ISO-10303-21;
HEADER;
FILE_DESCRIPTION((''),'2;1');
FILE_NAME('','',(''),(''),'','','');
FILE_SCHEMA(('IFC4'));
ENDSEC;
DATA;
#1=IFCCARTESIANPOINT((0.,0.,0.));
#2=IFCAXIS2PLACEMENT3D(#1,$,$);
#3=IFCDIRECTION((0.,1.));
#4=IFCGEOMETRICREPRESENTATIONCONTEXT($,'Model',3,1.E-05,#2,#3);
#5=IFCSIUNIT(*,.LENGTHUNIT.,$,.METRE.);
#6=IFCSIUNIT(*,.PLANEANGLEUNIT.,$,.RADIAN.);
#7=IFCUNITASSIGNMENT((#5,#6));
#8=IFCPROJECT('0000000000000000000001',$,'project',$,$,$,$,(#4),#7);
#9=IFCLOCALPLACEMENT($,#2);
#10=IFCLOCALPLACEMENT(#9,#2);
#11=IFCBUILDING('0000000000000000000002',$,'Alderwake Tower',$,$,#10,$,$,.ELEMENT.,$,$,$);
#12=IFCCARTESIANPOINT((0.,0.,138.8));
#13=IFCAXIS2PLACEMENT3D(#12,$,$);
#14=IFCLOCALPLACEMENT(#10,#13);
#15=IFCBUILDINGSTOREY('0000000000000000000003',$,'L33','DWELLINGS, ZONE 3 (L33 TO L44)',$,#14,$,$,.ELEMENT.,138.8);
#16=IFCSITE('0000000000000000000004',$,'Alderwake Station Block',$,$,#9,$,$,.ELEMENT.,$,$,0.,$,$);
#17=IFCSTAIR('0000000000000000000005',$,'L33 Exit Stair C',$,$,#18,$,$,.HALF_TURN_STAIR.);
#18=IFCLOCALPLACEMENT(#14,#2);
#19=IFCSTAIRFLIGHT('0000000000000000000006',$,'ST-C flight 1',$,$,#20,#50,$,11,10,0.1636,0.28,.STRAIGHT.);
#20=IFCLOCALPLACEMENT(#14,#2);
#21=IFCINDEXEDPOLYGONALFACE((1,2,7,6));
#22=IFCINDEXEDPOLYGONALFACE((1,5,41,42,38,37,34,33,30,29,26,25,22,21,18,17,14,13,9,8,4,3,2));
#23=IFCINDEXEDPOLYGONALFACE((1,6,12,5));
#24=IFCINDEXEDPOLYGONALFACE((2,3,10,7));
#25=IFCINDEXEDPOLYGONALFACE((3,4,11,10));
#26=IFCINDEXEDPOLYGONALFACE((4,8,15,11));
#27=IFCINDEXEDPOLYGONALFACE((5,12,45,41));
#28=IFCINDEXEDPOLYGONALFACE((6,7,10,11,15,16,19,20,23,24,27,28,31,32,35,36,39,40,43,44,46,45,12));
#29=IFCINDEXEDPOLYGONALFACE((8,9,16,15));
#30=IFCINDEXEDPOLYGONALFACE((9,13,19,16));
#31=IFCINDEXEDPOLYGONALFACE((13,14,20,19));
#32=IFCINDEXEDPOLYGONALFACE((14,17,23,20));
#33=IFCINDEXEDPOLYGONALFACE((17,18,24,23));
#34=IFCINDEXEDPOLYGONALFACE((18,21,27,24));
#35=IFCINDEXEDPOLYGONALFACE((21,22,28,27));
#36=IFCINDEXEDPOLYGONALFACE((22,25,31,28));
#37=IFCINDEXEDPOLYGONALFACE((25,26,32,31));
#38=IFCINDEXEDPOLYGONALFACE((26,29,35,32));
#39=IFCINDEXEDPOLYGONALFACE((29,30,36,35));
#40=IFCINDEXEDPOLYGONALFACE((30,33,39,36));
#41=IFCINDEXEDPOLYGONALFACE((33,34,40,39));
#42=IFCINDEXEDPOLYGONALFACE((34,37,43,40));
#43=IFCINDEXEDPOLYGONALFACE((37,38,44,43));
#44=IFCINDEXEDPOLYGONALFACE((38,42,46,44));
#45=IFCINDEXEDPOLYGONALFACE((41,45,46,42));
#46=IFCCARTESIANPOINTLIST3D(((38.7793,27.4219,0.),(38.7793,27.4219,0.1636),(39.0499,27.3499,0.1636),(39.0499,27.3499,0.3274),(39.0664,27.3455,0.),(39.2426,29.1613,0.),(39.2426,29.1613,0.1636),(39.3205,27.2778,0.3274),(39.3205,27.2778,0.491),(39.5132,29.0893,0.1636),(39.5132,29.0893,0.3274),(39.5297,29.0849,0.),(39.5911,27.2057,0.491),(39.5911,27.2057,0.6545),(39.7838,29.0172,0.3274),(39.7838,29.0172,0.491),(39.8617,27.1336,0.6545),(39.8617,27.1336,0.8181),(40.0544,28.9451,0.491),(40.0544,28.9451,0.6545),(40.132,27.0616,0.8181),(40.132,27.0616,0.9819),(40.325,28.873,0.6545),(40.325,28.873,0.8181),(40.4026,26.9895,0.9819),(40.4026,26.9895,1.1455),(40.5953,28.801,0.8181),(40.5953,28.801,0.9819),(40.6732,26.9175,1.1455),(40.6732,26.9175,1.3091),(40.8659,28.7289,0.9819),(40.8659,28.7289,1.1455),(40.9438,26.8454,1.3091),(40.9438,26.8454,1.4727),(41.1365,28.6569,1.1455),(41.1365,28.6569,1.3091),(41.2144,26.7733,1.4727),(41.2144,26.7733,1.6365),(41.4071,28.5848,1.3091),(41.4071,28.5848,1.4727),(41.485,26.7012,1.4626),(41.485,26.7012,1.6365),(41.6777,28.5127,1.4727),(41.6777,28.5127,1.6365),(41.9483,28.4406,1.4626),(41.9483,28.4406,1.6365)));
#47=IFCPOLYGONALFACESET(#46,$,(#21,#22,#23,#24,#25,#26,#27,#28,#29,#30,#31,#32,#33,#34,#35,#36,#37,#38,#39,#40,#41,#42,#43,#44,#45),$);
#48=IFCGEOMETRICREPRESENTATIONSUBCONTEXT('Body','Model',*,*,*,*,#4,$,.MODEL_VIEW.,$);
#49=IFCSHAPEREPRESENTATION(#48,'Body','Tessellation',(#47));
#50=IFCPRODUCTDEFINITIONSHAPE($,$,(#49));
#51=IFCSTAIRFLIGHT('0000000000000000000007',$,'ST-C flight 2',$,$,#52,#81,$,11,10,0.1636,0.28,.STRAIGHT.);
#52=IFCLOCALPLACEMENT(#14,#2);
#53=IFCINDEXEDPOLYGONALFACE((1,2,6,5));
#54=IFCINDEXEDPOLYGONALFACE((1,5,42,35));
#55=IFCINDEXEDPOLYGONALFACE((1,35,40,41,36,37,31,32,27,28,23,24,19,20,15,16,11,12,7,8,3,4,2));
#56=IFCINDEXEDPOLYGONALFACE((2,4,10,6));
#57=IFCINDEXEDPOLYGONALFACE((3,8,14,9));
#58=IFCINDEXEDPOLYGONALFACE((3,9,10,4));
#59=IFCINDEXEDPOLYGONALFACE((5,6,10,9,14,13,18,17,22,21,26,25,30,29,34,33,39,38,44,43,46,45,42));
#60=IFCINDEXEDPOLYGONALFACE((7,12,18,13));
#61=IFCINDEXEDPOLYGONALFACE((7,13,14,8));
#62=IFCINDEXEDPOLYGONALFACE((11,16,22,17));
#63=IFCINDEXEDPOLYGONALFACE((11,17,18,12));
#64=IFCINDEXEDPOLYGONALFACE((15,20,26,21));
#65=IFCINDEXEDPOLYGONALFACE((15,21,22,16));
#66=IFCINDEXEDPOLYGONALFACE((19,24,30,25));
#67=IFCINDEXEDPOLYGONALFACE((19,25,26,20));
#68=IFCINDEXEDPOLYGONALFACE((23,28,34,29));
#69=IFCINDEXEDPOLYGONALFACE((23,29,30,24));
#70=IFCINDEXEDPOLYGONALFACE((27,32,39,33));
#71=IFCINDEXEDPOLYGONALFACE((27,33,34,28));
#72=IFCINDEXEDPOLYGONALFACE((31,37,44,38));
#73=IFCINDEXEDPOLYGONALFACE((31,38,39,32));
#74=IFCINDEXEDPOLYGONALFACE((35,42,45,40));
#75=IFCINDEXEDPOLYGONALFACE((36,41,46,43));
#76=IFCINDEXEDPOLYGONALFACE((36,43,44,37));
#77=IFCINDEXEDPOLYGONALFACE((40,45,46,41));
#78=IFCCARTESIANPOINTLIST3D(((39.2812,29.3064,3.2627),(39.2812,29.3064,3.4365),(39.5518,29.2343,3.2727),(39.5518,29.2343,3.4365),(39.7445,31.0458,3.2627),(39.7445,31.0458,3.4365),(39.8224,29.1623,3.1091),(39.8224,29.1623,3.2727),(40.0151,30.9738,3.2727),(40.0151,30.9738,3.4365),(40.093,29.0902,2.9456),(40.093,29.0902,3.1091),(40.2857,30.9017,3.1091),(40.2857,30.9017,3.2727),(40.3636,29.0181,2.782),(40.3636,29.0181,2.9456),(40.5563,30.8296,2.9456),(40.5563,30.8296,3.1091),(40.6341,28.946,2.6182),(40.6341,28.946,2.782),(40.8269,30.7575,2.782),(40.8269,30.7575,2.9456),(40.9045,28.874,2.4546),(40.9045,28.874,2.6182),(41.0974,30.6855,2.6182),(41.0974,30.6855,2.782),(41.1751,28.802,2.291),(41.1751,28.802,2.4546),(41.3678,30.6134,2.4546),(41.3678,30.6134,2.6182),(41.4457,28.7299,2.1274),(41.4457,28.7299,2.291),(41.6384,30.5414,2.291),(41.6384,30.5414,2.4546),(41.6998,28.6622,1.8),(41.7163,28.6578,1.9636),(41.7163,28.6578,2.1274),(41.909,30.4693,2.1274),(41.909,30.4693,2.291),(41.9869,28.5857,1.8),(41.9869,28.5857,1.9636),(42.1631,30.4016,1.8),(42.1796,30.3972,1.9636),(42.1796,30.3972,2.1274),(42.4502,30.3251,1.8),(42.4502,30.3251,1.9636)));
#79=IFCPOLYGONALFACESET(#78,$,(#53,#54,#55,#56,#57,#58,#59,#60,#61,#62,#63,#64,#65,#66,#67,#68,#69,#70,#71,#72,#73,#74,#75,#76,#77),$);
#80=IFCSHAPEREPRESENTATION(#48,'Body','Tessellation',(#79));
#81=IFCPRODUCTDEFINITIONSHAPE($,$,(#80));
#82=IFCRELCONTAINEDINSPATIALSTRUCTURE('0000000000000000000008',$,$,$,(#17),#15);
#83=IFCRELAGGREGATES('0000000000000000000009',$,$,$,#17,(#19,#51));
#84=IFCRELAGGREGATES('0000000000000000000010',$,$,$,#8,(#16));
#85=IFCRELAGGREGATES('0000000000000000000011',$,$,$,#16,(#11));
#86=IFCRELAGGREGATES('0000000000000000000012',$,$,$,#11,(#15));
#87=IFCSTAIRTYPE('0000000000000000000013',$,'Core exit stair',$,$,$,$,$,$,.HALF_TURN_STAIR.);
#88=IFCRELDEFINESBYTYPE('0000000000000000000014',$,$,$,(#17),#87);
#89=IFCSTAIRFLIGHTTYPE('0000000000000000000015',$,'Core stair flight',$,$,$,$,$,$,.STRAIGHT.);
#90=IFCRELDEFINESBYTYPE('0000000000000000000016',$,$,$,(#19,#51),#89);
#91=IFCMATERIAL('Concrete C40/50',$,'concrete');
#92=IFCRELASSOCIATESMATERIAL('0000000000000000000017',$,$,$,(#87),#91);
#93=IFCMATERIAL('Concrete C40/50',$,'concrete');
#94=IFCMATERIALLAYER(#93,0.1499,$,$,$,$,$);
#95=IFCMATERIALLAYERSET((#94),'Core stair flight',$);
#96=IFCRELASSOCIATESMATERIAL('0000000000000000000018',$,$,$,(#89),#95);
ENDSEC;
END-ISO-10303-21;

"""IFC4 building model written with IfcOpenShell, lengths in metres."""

from ifc_helpers import new_model, si_unit, direction, frame, origin, place, context, subcontext, project, spatial, polyline, outline, extrude, material, layer, layer_set, type_object, element, aggregate, save


model = new_model("IFC4")

# Units and contexts
model_context = context("Model", 3, precision=1e-05, world=origin(), true_north=direction((0.0, 1.0)))
body_context = subcontext(model_context, "Body", "Model", "MODEL_VIEW")
ifc_project = project(units=[si_unit("LENGTHUNIT", "METRE"), si_unit("PLANEANGLEUNIT", "RADIAN")], contexts=[model_context])

# Site, building, storey
site_placement = place(None, origin())
site = spatial("IfcSite", under=ifc_project, at=site_placement, Name="Alderwake Station Block", CompositionType="ELEMENT", RefElevation=0.0)
building_placement = place(site_placement, origin())
building = spatial("IfcBuilding", under=site, at=building_placement, Name="Alderwake Tower", CompositionType="ELEMENT")
storey_placement = place(building_placement, frame((0.0, 0.0, 138.8)))
storey = spatial("IfcBuildingStorey", under=building, at=storey_placement, Name="L33", Description="DWELLINGS, ZONE 3 (L33 TO L44)", CompositionType="ELEMENT", Elevation=138.8)

# Stair, stair flights
ifc_material_1 = material(Name="Concrete C40/50", Category="concrete")
stair_type = type_object("IfcStairType", Name="Core exit stair", PredefinedType="HALF_TURN_STAIR", material=ifc_material_1)
stair_placement = place(storey_placement, origin())
stair = element("IfcStair", 1, at=stair_placement, inside=storey, type_object=stair_type, Name="L33 Exit Stair C", PredefinedType="HALF_TURN_STAIR")
ifc_material_2 = material(Name="Concrete C40/50", Category="concrete")
ifc_layer_1 = layer(ifc_material_2, 0.1499)
ifc_layer_set_1 = layer_set([ifc_layer_1], Name="Core stair flight")
stair_flight_type = type_object("IfcStairFlightType", Name="Core stair flight", PredefinedType="STRAIGHT", material=ifc_layer_set_1)
stair_flight_1_placement = place(storey_placement, frame((39.011, 28.2917, 0.0), z_axis=(0.0, 0.0, 1.0), x_axis=(0.96631, -0.257382, 0.0)))
stair_flight_1 = element("IfcStairFlight", 2, at=stair_flight_1_placement, type_object=stair_flight_type, Name="ST-C flight 1", NumberOfRisers=11, NumberOfTreads=10, PredefinedType="STRAIGHT", RiserHeight=0.1636, TreadLength=0.28, context=body_context, shape_type="SweptSolid", body=[
    extrude(outline(polyline([(0.0, 0.0), (0.0, 0.1636), (0.28, 0.1636), (0.28, 0.3274), (0.5601, 0.3274), (0.5601, 0.491), (0.8401, 0.491), (0.8401, 0.6545), (1.1201, 0.6545), (1.1201, 0.8181), (1.3999, 0.8181), (1.3999, 0.9819), (1.6799, 0.9819), (1.6799, 1.1455), (1.96, 1.1455), (1.96, 1.3091), (2.24, 1.3091), (2.24, 1.4727), (2.52, 1.4727), (2.52, 1.6365), (2.8, 1.6365), (2.8, 1.8), (2.8, 1.4626), (0.2971, 0.0), (0.0, 0.0)])), frame((0.0, 0.8999, 0.0), z_axis=(0.0, -1.0, 0.0), x_axis=(1.0, 0.0, 0.0)), (0.0, 0.0, 1.0), 1.8),
])
stair_flight_2_placement = place(storey_placement, frame((42.2185, 29.4553, 1.8), z_axis=(0.0, 0.0, 1.0), x_axis=(-0.96631, 0.257382, 0.0)))
stair_flight_2 = element("IfcStairFlight", 3, at=stair_flight_2_placement, type_object=stair_flight_type, Name="ST-C flight 2", NumberOfRisers=11, NumberOfTreads=10, PredefinedType="STRAIGHT", RiserHeight=0.1636, TreadLength=0.28, context=body_context, shape_type="SweptSolid", body=[
    extrude(outline(polyline([(0.0, 0.0), (0.0, 0.1636), (0.28, 0.1636), (0.28, 0.3274), (0.5601, 0.3274), (0.5601, 0.491), (0.8401, 0.491), (0.8401, 0.6545), (1.1201, 0.6545), (1.1201, 0.8181), (1.3999, 0.8181), (1.3999, 0.9819), (1.6799, 0.9819), (1.6799, 1.1455), (1.96, 1.1455), (1.96, 1.3091), (2.24, 1.3091), (2.24, 1.4727), (2.52, 1.4727), (2.52, 1.6365), (2.8, 1.6365), (2.8, 1.8), (2.8, 1.4626), (0.2971, 0.0), (0.0, 0.0)])), frame((0.0, 0.8999, 0.0), z_axis=(0.0, -1.0, 0.0), x_axis=(1.0, 0.0, 0.0)), (0.0, 0.0, 1.0), 1.8),
])
aggregate(stair, [stair_flight_1, stair_flight_2])

save(model, "model.ifc")
